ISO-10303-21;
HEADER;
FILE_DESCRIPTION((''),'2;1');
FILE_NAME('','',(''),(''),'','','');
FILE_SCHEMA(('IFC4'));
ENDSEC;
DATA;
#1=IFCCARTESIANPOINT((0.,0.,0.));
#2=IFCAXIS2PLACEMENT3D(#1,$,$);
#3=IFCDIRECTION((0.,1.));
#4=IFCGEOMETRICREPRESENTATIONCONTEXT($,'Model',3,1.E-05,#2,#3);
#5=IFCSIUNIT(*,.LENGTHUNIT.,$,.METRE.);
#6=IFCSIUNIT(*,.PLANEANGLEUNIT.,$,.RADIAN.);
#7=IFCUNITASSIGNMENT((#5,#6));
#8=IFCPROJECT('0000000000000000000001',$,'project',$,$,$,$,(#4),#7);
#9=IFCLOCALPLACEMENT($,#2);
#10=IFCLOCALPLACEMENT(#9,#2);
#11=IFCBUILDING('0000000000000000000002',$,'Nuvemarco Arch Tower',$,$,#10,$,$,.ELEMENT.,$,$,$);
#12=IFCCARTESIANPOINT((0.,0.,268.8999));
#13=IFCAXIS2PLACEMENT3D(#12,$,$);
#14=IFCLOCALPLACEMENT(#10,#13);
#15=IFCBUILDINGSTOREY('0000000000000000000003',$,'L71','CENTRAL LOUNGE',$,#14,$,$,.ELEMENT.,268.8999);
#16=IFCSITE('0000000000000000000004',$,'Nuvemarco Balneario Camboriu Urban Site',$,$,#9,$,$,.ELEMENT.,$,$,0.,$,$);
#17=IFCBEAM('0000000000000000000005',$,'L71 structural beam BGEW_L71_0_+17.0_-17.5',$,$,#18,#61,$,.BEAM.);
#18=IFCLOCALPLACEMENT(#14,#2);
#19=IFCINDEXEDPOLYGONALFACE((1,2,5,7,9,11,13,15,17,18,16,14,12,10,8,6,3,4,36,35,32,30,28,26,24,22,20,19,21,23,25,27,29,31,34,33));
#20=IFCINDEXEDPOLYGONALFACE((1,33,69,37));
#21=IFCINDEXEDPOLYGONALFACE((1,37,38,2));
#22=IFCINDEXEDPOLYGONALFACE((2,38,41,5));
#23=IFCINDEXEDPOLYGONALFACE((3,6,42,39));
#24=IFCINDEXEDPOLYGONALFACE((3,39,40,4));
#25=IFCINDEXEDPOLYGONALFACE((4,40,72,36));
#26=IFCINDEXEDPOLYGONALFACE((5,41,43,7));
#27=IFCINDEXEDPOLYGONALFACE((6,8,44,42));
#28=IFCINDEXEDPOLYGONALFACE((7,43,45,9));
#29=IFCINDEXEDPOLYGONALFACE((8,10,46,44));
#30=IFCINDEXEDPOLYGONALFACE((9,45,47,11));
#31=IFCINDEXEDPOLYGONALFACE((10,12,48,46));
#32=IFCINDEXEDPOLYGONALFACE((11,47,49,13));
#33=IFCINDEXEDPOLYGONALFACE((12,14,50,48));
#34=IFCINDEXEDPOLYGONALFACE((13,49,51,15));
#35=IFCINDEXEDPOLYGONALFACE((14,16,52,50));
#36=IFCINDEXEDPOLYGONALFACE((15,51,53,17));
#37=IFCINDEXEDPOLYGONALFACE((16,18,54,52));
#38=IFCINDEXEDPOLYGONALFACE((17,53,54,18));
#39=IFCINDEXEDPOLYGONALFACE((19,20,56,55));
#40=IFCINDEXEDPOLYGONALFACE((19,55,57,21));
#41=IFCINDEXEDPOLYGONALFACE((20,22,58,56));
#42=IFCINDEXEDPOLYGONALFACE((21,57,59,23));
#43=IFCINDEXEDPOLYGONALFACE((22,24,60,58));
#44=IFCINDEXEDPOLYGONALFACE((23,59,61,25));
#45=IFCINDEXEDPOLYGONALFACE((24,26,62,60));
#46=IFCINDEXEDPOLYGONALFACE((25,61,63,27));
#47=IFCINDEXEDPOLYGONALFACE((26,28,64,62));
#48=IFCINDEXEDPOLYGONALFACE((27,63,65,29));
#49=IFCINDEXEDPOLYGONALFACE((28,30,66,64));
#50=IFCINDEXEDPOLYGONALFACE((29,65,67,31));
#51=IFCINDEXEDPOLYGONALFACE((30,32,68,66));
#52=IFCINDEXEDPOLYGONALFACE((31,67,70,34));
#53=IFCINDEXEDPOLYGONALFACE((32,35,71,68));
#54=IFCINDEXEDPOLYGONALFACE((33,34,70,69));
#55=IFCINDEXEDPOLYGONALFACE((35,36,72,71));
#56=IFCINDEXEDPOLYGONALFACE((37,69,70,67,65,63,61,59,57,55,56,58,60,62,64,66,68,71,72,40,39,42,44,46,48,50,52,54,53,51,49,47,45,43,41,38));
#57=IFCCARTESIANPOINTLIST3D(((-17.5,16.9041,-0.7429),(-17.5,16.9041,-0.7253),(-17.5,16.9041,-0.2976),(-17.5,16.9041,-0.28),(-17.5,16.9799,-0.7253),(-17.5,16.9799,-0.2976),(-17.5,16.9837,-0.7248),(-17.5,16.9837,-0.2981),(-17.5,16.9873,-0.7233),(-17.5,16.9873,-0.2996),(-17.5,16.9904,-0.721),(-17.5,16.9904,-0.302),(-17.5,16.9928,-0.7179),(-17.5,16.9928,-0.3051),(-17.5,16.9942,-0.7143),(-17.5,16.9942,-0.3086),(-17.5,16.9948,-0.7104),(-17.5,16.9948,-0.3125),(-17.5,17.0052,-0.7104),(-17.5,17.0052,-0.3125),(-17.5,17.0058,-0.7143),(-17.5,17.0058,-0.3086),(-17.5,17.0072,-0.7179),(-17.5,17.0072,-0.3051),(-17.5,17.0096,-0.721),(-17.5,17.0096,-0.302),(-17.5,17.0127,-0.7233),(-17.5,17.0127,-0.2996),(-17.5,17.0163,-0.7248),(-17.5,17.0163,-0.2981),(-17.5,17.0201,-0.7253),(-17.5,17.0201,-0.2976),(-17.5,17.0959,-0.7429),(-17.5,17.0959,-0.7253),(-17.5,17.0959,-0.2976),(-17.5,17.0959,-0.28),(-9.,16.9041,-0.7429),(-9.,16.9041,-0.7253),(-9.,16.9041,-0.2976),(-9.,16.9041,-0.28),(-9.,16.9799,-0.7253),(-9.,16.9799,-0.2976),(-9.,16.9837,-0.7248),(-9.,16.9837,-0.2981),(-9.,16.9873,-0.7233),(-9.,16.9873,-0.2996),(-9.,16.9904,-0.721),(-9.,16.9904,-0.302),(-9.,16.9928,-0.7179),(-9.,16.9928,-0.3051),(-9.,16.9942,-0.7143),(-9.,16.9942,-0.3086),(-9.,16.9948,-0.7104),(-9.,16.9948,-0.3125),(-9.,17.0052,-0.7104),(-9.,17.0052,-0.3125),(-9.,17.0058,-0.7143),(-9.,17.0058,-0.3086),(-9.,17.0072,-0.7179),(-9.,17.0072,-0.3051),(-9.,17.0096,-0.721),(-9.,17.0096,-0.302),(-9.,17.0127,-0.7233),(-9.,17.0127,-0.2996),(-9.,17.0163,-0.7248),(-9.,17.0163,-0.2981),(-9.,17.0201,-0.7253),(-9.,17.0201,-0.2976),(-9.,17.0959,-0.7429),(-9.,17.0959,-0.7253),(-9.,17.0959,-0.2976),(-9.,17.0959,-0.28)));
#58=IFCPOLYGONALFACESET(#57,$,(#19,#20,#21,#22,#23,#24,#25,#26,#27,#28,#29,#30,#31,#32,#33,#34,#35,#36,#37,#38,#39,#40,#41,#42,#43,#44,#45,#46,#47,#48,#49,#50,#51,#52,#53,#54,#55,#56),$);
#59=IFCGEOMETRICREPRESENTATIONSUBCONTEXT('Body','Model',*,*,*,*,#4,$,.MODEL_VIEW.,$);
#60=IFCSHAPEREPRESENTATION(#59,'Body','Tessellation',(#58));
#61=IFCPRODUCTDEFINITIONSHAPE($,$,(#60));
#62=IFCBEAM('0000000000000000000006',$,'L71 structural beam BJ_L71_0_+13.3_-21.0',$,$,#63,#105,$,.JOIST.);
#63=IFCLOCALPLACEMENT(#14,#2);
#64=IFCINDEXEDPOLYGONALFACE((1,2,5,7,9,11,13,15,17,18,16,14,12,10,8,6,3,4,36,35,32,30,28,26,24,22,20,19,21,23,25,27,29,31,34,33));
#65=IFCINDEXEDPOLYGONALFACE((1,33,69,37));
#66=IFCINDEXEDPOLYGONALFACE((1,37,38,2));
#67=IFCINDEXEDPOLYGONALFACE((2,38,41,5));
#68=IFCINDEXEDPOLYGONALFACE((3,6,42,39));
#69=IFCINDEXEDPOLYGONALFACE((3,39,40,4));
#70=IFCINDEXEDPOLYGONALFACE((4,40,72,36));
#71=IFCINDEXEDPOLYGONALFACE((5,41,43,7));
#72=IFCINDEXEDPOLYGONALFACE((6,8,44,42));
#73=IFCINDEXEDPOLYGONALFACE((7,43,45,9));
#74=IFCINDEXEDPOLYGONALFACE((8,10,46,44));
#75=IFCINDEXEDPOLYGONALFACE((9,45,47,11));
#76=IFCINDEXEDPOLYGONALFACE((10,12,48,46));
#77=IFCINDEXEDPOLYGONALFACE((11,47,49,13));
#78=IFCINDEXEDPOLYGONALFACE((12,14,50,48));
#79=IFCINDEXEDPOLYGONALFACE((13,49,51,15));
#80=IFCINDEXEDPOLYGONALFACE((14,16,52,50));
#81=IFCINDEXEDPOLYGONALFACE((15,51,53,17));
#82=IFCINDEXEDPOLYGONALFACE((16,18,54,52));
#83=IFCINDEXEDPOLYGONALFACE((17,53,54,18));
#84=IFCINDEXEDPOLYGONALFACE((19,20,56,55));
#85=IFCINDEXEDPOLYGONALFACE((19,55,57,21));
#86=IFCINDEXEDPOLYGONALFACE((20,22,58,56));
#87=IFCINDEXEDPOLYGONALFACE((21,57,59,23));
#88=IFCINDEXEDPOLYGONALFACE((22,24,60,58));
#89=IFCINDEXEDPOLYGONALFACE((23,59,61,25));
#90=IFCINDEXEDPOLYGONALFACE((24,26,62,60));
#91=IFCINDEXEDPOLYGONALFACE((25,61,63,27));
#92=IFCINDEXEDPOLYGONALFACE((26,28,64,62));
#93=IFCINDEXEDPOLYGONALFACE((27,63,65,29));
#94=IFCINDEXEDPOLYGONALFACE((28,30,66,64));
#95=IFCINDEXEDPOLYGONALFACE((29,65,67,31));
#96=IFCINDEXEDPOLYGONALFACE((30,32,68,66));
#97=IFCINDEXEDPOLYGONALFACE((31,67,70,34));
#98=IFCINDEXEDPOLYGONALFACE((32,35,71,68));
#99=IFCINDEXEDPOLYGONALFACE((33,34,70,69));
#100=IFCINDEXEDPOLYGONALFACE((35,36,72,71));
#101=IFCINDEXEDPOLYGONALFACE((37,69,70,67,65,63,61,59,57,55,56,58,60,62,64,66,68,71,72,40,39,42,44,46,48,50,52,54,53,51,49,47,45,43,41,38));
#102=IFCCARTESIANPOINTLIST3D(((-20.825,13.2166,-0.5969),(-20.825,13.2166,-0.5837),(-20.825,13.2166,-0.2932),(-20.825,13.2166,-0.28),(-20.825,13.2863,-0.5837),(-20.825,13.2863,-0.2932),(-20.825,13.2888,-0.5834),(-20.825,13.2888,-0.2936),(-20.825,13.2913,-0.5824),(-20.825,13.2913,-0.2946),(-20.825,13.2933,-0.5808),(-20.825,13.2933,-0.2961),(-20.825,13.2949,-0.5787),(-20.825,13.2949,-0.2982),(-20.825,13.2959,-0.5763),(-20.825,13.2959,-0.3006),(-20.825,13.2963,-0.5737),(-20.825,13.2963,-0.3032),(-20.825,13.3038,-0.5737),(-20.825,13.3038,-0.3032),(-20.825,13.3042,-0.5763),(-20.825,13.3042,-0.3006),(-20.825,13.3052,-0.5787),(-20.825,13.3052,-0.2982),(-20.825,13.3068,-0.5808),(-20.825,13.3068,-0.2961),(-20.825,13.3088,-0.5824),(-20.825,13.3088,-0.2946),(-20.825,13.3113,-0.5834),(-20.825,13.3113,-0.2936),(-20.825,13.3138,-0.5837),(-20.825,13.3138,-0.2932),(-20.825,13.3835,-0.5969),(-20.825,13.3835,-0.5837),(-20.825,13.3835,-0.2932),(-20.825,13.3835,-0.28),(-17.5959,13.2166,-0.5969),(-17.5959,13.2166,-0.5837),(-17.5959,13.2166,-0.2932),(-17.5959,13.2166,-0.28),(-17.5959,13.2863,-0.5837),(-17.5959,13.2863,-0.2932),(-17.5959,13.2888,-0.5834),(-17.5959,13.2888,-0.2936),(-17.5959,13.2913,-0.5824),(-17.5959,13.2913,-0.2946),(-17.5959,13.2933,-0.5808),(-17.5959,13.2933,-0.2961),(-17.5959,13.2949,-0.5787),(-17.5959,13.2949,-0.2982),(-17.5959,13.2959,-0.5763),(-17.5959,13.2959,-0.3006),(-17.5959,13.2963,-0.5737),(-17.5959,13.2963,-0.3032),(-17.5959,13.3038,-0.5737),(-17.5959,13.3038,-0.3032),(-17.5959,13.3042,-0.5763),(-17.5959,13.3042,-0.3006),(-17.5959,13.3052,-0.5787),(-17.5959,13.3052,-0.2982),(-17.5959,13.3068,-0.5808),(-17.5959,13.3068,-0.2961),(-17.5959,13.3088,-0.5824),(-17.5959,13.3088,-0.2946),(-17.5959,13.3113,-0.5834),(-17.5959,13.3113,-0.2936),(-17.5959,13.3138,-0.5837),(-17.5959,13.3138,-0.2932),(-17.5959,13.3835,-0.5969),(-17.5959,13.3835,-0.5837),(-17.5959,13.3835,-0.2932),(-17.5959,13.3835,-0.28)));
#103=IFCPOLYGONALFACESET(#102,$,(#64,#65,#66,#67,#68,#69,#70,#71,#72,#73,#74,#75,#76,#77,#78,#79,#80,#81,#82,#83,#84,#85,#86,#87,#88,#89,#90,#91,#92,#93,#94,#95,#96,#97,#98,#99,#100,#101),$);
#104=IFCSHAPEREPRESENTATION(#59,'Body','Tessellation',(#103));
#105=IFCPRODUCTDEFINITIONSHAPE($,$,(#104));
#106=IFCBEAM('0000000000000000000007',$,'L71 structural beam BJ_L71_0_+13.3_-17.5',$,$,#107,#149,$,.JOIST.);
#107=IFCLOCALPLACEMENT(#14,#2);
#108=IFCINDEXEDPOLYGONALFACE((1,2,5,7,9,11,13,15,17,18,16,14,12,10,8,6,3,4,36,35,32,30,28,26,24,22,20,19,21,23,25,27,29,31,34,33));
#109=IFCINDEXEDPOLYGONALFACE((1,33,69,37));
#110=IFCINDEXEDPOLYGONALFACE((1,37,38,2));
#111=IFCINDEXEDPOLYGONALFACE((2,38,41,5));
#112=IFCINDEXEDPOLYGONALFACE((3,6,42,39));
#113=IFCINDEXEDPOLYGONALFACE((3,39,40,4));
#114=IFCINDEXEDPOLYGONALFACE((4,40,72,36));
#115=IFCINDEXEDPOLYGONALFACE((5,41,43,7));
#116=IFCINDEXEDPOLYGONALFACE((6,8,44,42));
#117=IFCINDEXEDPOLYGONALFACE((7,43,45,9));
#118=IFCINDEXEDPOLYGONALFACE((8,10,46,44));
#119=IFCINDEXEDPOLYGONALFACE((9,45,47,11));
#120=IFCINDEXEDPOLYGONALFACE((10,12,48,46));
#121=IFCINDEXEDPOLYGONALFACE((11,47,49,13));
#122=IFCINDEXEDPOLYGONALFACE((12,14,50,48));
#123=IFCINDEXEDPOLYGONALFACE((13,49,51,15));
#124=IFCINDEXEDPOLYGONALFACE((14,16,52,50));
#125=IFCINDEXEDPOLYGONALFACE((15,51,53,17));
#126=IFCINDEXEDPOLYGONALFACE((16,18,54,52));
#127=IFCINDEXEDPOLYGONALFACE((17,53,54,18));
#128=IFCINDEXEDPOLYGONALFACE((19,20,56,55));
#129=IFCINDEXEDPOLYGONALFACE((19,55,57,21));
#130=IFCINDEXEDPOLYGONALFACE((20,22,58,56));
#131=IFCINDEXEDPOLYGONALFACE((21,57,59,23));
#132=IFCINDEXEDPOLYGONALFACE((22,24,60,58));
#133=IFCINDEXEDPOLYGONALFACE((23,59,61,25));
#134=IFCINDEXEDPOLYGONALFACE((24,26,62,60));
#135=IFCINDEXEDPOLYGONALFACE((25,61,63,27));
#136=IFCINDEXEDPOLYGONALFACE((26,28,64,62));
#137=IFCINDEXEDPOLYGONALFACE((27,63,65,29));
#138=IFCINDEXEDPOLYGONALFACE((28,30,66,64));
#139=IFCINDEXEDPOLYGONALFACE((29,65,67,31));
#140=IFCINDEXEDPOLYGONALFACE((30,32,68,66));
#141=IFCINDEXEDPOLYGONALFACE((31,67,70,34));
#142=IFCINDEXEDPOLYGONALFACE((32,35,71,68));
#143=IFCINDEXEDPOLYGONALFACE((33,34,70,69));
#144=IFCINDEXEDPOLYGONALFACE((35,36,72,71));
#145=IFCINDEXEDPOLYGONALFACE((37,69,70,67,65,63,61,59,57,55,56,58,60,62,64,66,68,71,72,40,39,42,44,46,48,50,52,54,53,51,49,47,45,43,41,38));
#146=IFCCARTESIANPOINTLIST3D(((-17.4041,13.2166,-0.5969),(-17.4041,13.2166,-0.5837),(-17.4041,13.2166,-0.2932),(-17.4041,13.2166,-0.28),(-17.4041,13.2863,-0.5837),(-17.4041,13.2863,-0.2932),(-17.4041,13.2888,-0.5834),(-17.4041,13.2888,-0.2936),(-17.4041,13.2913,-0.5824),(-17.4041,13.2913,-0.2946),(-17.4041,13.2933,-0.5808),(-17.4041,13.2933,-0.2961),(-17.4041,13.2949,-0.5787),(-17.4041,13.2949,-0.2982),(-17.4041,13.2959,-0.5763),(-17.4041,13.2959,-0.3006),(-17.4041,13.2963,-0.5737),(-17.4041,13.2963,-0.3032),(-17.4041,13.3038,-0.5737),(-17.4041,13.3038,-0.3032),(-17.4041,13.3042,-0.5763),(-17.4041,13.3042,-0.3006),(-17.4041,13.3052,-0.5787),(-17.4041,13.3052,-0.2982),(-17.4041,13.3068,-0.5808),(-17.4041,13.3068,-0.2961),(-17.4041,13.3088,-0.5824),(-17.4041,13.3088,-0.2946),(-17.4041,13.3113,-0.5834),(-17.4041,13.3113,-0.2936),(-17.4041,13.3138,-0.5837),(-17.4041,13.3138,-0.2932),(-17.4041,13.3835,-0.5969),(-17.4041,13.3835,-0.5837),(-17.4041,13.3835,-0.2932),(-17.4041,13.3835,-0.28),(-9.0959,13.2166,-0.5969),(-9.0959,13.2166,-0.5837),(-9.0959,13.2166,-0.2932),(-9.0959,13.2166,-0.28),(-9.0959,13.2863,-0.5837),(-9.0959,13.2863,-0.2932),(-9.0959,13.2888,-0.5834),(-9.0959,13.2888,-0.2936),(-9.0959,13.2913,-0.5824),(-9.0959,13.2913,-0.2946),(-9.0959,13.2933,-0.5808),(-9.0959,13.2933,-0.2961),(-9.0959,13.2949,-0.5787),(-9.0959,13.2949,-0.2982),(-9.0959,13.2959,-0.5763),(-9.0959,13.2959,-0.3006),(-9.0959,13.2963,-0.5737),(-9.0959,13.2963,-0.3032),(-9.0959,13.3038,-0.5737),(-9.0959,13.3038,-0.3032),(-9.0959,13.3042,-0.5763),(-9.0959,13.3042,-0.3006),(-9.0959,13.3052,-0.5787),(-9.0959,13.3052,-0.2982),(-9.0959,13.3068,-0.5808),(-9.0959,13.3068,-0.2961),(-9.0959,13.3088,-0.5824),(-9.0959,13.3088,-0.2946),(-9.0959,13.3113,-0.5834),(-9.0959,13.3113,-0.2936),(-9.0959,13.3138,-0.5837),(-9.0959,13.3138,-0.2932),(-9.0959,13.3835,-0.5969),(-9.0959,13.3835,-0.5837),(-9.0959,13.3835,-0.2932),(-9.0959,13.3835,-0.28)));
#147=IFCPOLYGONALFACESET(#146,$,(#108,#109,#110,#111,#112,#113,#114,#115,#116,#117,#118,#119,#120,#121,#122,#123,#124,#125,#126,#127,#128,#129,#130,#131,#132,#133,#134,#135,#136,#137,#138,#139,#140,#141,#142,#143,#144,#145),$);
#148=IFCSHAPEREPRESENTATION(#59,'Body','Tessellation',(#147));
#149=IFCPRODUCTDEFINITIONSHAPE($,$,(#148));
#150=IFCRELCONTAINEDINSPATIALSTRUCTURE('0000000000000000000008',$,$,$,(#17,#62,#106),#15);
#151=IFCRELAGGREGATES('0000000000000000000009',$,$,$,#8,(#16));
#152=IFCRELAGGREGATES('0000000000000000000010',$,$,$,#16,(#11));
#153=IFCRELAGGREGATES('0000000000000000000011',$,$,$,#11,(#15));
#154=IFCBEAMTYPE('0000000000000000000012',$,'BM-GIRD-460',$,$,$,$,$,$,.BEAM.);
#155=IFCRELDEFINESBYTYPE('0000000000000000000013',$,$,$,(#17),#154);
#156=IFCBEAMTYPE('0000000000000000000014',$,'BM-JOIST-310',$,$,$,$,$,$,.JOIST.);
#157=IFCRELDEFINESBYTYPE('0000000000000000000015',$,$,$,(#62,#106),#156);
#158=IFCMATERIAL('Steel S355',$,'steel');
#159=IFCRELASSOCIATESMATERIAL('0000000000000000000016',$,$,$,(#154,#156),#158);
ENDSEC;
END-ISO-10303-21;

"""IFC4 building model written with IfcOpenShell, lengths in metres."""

from ifc_helpers import new_model, si_unit, direction, frame, origin, origin_2d, place, context, subcontext, project, spatial, i_section, extrude, material, material_profile, profile_set, type_object, element, save


model = new_model("IFC4")

# Units and contexts
model_context = context("Model", 3, precision=1e-05, world=origin(), true_north=direction((0.0, 1.0)))
body_context = subcontext(model_context, "Body", "Model", "MODEL_VIEW")
ifc_project = project(units=[si_unit("LENGTHUNIT", "METRE"), si_unit("PLANEANGLEUNIT", "RADIAN")], contexts=[model_context])

# Site, building, storey
site_placement = place(None, origin())
site = spatial("IfcSite", under=ifc_project, at=site_placement, Name="Nuvemarco Balneario Camboriu Urban Site", CompositionType="ELEMENT", RefElevation=0.0)
building_placement = place(site_placement, origin())
building = spatial("IfcBuilding", under=site, at=building_placement, Name="Nuvemarco Arch Tower", CompositionType="ELEMENT")
storey_placement = place(building_placement, frame((0.0, 0.0, 268.8999)))
storey = spatial("IfcBuildingStorey", under=building, at=storey_placement, Name="L71", Description="CENTRAL LOUNGE", CompositionType="ELEMENT", Elevation=268.8999)

# Shared definitions
ifc_material_1 = material(Name="Steel S355", Category="steel")

# Beams
ifc_material_profile_1 = material_profile(ifc_material_1, i_section(OverallWidth=0.1919, OverallDepth=0.4629, WebThickness=0.0105, FlangeThickness=0.0176, FilletRadius=0.0149, at=origin_2d()), Name="W460x89")
ifc_profile_set_1 = profile_set([ifc_material_profile_1], Name="Steel S355")
beam_type_1 = type_object("IfcBeamType", Name="BM-GIRD-460", PredefinedType="BEAM", material=ifc_profile_set_1)
beam_1_placement = place(storey_placement, frame((-17.5, 17.0, -0.5115), z_axis=(1.0, 0.0, 0.0), x_axis=(0.0, 1.0, 0.0)))
element("IfcBeam", 1, at=beam_1_placement, inside=storey, type_object=beam_type_1, Name="L71 structural beam BGEW_L71_0_+17.0_-17.5", PredefinedType="BEAM", context=body_context, shape_type="SweptSolid", body=[
    extrude(i_section(OverallWidth=0.1919, OverallDepth=0.4629, WebThickness=0.0105, FlangeThickness=0.0176, FilletRadius=0.0149, at=origin_2d()), origin(), (0.0, 0.0, 1.0), 8.5),
])
ifc_material_profile_2 = material_profile(ifc_material_1, i_section(OverallWidth=0.167, OverallDepth=0.3169, WebThickness=0.0076, FlangeThickness=0.0132, FilletRadius=0.01, at=origin_2d()), Name="W310x52")
ifc_profile_set_2 = profile_set([ifc_material_profile_2], Name="Steel S355")
beam_type_2 = type_object("IfcBeamType", Name="BM-JOIST-310", PredefinedType="JOIST", material=ifc_profile_set_2)
beam_2_placement = place(storey_placement, frame((-20.825, 13.3, -0.4385), z_axis=(1.0, 0.0, 0.0), x_axis=(0.0, 1.0, 0.0)))
element("IfcBeam", 2, at=beam_2_placement, inside=storey, type_object=beam_type_2, Name="L71 structural beam BJ_L71_0_+13.3_-21.0", PredefinedType="JOIST", context=body_context, shape_type="SweptSolid", body=[
    extrude(i_section(OverallWidth=0.167, OverallDepth=0.3169, WebThickness=0.0076, FlangeThickness=0.0132, FilletRadius=0.01, at=origin_2d()), origin(), (0.0, 0.0, 1.0), 3.229),
])
beam_3_placement = place(storey_placement, frame((-17.4041, 13.3, -0.4385), z_axis=(1.0, 0.0, 0.0), x_axis=(0.0, 1.0, 0.0)))
element("IfcBeam", 3, at=beam_3_placement, inside=storey, type_object=beam_type_2, Name="L71 structural beam BJ_L71_0_+13.3_-17.5", PredefinedType="JOIST", context=body_context, shape_type="SweptSolid", body=[
    extrude(i_section(OverallWidth=0.167, OverallDepth=0.3169, WebThickness=0.0076, FlangeThickness=0.0132, FilletRadius=0.01, at=origin_2d()), origin(), (0.0, 0.0, 1.0), 8.3081),
])

save(model, "model.ifc")
